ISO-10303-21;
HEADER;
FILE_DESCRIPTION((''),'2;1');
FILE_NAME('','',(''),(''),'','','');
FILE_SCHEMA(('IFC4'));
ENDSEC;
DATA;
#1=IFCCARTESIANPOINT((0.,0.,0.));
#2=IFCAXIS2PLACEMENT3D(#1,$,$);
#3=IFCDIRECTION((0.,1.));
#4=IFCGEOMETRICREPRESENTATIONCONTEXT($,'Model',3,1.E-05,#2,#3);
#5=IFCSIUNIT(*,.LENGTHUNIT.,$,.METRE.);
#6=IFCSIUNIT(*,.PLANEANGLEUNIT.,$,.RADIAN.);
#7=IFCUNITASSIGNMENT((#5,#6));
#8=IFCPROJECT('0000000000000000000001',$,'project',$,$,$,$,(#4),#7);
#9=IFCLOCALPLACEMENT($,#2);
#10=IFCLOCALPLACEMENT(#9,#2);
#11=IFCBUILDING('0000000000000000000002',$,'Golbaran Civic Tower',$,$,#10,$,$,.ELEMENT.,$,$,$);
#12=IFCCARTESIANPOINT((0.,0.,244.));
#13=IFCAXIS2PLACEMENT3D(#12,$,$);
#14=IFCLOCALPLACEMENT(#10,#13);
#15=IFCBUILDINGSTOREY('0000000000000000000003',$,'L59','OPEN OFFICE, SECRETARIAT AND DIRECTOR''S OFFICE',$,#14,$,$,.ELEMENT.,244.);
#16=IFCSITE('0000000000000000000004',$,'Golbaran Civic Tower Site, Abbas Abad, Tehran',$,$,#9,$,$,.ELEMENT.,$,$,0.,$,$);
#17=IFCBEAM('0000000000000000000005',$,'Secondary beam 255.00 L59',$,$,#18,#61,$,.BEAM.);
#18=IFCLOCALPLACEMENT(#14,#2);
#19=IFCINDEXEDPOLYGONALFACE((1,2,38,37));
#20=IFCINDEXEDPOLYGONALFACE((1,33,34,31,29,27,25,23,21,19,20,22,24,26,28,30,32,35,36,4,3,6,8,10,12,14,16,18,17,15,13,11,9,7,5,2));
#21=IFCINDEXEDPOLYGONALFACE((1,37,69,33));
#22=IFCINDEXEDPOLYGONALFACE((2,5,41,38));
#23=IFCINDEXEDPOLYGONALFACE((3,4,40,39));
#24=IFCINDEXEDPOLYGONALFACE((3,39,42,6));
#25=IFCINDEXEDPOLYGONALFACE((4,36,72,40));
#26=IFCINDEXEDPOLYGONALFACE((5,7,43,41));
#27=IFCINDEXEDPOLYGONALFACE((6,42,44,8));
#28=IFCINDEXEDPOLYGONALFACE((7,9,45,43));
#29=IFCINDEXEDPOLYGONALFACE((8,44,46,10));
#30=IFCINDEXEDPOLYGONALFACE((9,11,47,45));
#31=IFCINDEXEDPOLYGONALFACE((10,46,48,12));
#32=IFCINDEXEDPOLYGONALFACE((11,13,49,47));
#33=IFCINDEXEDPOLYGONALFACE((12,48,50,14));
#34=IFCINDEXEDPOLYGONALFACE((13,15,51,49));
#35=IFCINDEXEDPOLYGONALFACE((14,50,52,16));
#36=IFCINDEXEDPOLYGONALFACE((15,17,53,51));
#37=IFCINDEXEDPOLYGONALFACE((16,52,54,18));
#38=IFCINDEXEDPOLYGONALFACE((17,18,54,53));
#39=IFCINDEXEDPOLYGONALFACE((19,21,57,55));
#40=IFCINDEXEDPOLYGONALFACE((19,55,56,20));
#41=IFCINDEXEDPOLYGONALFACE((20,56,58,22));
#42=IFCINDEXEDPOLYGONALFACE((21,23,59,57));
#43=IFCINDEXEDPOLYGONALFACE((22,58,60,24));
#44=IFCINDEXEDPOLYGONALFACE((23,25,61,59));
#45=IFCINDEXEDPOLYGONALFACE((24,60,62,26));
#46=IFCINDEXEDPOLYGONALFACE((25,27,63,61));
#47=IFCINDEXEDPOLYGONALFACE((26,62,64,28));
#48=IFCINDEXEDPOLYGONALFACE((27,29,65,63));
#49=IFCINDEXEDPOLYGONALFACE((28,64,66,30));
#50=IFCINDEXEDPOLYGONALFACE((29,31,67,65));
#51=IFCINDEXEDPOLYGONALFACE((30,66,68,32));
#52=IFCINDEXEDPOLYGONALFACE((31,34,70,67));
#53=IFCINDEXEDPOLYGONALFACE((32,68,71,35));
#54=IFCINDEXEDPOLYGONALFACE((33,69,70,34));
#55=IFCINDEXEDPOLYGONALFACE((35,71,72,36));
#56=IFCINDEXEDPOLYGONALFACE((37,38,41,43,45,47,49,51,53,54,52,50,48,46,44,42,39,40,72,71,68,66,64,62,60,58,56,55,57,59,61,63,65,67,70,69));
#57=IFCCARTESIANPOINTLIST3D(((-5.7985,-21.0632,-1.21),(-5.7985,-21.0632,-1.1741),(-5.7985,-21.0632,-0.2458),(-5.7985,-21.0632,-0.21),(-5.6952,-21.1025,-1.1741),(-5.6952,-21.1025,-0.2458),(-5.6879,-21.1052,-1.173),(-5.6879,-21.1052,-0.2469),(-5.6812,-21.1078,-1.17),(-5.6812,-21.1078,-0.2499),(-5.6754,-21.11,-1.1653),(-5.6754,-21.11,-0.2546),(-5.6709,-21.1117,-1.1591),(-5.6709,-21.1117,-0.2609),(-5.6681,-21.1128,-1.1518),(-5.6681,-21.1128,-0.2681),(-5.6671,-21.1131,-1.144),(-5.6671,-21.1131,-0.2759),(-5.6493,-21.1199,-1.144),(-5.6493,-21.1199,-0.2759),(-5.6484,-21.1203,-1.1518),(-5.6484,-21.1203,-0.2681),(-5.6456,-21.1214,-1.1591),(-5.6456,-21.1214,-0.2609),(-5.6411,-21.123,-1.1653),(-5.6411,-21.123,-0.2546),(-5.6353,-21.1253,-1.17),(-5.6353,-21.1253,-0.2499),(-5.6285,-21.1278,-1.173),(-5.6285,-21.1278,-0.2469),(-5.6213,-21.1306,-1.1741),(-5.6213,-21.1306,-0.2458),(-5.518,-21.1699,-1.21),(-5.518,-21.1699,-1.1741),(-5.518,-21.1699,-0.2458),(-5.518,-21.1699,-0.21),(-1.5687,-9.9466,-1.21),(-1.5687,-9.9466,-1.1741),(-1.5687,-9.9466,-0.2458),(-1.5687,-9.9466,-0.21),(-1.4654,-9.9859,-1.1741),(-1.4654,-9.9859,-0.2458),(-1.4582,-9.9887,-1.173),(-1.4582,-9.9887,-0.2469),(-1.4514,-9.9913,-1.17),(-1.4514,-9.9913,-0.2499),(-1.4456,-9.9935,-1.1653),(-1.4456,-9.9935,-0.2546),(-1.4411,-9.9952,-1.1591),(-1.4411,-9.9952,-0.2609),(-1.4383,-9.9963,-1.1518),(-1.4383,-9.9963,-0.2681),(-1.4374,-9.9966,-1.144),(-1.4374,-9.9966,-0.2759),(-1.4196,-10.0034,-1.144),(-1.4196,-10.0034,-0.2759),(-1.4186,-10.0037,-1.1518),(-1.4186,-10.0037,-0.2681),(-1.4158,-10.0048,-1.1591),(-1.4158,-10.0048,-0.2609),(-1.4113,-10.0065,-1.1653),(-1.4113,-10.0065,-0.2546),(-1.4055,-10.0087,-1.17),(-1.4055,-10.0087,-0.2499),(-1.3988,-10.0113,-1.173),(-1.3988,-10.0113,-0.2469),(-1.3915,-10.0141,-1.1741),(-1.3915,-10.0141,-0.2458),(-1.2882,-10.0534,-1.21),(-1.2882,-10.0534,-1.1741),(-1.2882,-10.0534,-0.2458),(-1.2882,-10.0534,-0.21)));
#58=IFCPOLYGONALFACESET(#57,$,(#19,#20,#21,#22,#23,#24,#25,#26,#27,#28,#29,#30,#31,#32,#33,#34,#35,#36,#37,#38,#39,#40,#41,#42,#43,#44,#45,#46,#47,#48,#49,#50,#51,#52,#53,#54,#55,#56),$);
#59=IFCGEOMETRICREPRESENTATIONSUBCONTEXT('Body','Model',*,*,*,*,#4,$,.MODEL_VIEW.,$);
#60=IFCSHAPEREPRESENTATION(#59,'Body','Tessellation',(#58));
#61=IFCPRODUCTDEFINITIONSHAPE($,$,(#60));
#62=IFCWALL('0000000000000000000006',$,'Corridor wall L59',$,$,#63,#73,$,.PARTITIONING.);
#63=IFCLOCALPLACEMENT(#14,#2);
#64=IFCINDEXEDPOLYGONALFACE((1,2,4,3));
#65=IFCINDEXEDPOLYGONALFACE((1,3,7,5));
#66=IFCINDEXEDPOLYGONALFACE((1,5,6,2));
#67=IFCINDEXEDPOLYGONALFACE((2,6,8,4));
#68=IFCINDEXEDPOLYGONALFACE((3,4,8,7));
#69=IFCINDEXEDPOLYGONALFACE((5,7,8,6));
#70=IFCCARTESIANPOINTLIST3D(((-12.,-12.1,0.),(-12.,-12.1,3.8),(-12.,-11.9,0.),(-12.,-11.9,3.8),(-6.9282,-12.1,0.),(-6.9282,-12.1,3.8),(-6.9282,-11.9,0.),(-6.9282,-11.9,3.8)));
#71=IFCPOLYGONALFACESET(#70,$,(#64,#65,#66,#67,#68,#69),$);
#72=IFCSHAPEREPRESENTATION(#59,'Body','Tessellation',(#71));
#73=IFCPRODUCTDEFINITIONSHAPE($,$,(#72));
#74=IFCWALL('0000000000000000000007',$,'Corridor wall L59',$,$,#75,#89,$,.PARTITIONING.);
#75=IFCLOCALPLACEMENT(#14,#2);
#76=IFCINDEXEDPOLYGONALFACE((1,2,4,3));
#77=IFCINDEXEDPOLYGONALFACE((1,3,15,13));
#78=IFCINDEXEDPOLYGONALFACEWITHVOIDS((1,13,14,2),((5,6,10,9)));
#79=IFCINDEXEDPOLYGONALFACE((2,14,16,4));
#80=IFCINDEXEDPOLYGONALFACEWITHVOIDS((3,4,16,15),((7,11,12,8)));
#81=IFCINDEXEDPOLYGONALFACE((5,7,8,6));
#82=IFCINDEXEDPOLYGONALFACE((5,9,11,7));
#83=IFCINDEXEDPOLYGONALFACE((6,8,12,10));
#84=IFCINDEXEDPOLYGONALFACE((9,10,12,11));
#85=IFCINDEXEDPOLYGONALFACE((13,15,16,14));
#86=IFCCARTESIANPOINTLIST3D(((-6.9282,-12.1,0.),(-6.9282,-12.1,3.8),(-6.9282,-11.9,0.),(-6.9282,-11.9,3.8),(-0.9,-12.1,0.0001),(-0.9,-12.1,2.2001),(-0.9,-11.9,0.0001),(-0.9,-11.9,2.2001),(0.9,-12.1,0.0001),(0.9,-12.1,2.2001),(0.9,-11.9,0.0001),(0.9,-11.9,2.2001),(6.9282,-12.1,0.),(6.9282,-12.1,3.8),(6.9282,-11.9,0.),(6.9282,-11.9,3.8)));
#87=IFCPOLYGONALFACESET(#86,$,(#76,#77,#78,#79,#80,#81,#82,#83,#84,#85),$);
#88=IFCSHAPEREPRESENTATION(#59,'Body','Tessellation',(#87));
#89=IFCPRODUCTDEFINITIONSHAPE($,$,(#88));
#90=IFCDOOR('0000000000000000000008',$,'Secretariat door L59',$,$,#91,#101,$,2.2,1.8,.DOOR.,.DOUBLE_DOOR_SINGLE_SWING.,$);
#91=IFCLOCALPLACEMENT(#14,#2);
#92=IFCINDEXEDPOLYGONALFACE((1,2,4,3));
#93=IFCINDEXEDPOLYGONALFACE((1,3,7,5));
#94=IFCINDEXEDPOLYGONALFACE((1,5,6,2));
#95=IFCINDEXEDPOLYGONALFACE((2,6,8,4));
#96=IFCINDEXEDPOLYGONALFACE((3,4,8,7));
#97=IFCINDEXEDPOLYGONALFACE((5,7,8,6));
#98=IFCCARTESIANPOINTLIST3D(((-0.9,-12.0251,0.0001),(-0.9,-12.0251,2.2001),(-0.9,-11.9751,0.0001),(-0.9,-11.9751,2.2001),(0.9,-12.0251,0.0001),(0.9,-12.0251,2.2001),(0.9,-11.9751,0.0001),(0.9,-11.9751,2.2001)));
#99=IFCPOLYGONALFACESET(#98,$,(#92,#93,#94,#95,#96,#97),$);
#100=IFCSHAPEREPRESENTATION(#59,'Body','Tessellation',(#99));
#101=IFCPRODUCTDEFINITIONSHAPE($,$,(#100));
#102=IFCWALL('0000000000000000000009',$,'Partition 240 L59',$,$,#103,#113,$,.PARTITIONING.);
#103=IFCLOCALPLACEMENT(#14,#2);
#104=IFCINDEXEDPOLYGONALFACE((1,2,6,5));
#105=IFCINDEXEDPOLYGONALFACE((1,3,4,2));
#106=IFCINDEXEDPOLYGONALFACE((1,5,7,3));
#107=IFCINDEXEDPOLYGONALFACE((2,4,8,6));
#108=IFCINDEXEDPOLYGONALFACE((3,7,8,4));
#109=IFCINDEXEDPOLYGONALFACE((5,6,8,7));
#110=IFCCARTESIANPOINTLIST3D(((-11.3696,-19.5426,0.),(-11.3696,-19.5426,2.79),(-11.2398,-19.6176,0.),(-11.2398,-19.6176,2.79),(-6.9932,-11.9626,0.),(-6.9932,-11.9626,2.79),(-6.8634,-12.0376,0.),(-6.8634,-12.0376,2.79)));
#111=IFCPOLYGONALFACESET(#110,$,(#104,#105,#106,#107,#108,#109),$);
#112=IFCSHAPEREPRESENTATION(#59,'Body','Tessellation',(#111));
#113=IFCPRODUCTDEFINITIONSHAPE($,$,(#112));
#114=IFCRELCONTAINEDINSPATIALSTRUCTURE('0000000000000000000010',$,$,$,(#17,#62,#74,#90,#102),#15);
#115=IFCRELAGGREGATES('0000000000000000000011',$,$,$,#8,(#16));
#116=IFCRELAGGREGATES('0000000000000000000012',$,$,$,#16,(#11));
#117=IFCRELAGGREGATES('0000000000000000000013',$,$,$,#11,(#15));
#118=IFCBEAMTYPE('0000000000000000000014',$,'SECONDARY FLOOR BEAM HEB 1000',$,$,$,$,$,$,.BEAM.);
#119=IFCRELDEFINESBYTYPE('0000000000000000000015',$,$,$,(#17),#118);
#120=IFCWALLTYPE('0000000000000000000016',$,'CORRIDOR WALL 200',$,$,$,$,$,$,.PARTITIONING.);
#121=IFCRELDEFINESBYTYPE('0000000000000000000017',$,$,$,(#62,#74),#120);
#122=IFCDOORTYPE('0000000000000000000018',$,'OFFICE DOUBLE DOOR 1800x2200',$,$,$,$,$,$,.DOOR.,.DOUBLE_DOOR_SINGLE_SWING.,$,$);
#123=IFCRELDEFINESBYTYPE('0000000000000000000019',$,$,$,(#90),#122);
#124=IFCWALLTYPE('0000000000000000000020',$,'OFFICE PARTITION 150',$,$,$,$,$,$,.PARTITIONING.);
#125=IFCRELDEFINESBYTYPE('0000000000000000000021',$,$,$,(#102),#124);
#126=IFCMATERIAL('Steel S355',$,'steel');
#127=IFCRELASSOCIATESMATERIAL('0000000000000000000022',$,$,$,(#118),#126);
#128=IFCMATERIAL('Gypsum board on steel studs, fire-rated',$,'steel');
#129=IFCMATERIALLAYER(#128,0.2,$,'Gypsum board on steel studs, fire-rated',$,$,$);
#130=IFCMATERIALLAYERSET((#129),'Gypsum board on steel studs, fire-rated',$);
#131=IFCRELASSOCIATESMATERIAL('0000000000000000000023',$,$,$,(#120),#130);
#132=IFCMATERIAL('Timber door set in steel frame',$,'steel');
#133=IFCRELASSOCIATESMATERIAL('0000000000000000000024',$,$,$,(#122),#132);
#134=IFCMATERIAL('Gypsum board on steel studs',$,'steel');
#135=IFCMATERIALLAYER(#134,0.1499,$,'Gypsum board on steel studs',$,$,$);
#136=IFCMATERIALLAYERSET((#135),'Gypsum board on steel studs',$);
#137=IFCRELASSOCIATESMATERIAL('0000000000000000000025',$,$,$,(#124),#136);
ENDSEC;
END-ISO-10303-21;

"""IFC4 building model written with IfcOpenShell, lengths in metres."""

from ifc_helpers import new_model, si_unit, direction, frame, frame_2d, origin, origin_2d, place, context, subcontext, project, spatial, rectangle, i_section, extrude, material, layer, layer_set, material_profile, profile_set, type_object, element, fill, save


model = new_model("IFC4")

# Units and contexts
model_context = context("Model", 3, precision=1e-05, world=origin(), true_north=direction((0.0, 1.0)))
body_context = subcontext(model_context, "Body", "Model", "MODEL_VIEW")
ifc_project = project(units=[si_unit("LENGTHUNIT", "METRE"), si_unit("PLANEANGLEUNIT", "RADIAN")], contexts=[model_context])

# Site, building, storey
site_placement = place(None, origin())
site = spatial("IfcSite", under=ifc_project, at=site_placement, Name="Golbaran Civic Tower Site, Abbas Abad, Tehran", CompositionType="ELEMENT", RefElevation=0.0)
building_placement = place(site_placement, origin())
building = spatial("IfcBuilding", under=site, at=building_placement, Name="Golbaran Civic Tower", CompositionType="ELEMENT")
storey_placement = place(building_placement, frame((0.0, 0.0, 244.0)))
storey = spatial("IfcBuildingStorey", under=building, at=storey_placement, Name="L59", Description="OPEN OFFICE, SECRETARIAT AND DIRECTOR'S OFFICE", CompositionType="ELEMENT", Elevation=244.0)

# Beam
ifc_material_1 = material(Name="Steel S355", Category="steel")
ifc_material_profile_1 = material_profile(ifc_material_1, i_section(OverallWidth=0.3, OverallDepth=1.0, WebThickness=0.019, FlangeThickness=0.0359, FilletRadius=0.03, at=origin_2d()), Name="HEB 1000")
ifc_profile_set_1 = profile_set([ifc_material_profile_1], Name="Steel S355")
beam_type_1 = type_object("IfcBeamType", Name="SECONDARY FLOOR BEAM HEB 1000", PredefinedType="BEAM", material=ifc_profile_set_1)
beam_1_placement = place(storey_placement, frame((-1.4285, -10.0, -0.71), z_axis=(-0.355621, -0.93463, 0.0), x_axis=(0.93463, -0.355621, 0.0)))
element("IfcBeam", 1, at=beam_1_placement, inside=storey, type_object=beam_type_1, Name="Secondary beam 255.00 L59", PredefinedType="BEAM", context=body_context, shape_type="SweptSolid", body=[
    extrude(i_section(OverallWidth=0.3, OverallDepth=1.0, WebThickness=0.019, FlangeThickness=0.0359, FilletRadius=0.03, at=origin_2d()), origin(), (0.0, 0.0, 1.0), 11.894),
])

# Wall
ifc_material_2 = material(Name="Gypsum board on steel studs, fire-rated", Category="steel")
ifc_layer_1 = layer(ifc_material_2, 0.2, Name="Gypsum board on steel studs, fire-rated")
ifc_layer_set_1 = layer_set([ifc_layer_1], Name="Gypsum board on steel studs, fire-rated")
wall_type_1 = type_object("IfcWallType", Name="CORRIDOR WALL 200", PredefinedType="PARTITIONING", material=ifc_layer_set_1)
wall_1_placement = place(storey_placement, frame((-12.0, -12.0, 0.0), z_axis=(0.0, 0.0, 1.0), x_axis=(1.0, 0.0, 0.0)))
element("IfcWall", 2, at=wall_1_placement, inside=storey, type_object=wall_type_1, Name="Corridor wall L59", PredefinedType="PARTITIONING", context=body_context, shape_type="SweptSolid", body=[
    extrude(rectangle(XDim=5.0718, YDim=0.2, at=frame_2d((2.5359, 0.0))), origin(), (0.0, 0.0, 1.0), 3.8),
])

# Wall, opening, door
wall_2_placement = place(storey_placement, frame((-6.9282, -12.0, 0.0), z_axis=(0.0, 0.0, 1.0), x_axis=(1.0, 0.0, 0.0)))
wall_2 = element("IfcWall", 3, at=wall_2_placement, inside=storey, type_object=wall_type_1, Name="Corridor wall L59", PredefinedType="PARTITIONING", context=body_context, shape_type="SweptSolid", body=[
    extrude(rectangle(XDim=13.8564, YDim=0.2, at=frame_2d((6.9282, 0.0))), origin(), (0.0, 0.0, 1.0), 3.8),
])
opening_1_placement = place(wall_2_placement, frame((6.0283, 0.0, 0.0)))
opening_1 = element("IfcOpeningElement", 4, at=opening_1_placement, cuts=wall_2, PredefinedType="OPENING", context=body_context, shape_type="SweptSolid", body=[
    extrude(rectangle(XDim=1.8, YDim=2.2, at=frame_2d((0.8999, 1.1001))), frame((0.0, 0.1099, 0.0), z_axis=(0.0, -1.0, 0.0), x_axis=(1.0, 0.0, 0.0)), (0.0, 0.0, 1.0), 0.22),
])
ifc_material_3 = material(Name="Timber door set in steel frame", Category="steel")
door_type_1 = type_object("IfcDoorType", Name="OFFICE DOUBLE DOOR 1800x2200", OperationType="DOUBLE_DOOR_SINGLE_SWING", PredefinedType="DOOR", material=ifc_material_3)
door_1_placement = place(opening_1_placement, origin())
door_1 = element("IfcDoor", 5, at=door_1_placement, inside=storey, type_object=door_type_1, Name="Secretariat door L59", OperationType="DOUBLE_DOOR_SINGLE_SWING", OverallHeight=2.2, OverallWidth=1.8, PredefinedType="DOOR", context=body_context, shape_type="SweptSolid", body=[
    extrude(rectangle(XDim=1.8, YDim=2.2, at=frame_2d((0.8999, 1.1001))), frame((0.0, 0.0249, 0.0), z_axis=(0.0, -1.0, 0.0), x_axis=(1.0, 0.0, 0.0)), (0.0, 0.0, 1.0), 0.05),
])
fill(opening_1, door_1)

# Wall
ifc_material_4 = material(Name="Gypsum board on steel studs", Category="steel")
ifc_layer_2 = layer(ifc_material_4, 0.1499, Name="Gypsum board on steel studs")
ifc_layer_set_2 = layer_set([ifc_layer_2], Name="Gypsum board on steel studs")
wall_type_2 = type_object("IfcWallType", Name="OFFICE PARTITION 150", PredefinedType="PARTITIONING", material=ifc_layer_set_2)
wall_3_placement = place(storey_placement, frame((-6.9282, -12.0, 0.0), z_axis=(0.0, 0.0, 1.0), x_axis=(-0.500009, -0.86602, 0.0)))
element("IfcWall", 6, at=wall_3_placement, inside=storey, type_object=wall_type_2, Name="Partition 240 L59", PredefinedType="PARTITIONING", context=body_context, shape_type="SweptSolid", body=[
    extrude(rectangle(XDim=8.7527, YDim=0.1499, at=frame_2d((4.3765, 0.0))), origin(), (0.0, 0.0, 1.0), 2.79),
])

save(model, "model.ifc")
